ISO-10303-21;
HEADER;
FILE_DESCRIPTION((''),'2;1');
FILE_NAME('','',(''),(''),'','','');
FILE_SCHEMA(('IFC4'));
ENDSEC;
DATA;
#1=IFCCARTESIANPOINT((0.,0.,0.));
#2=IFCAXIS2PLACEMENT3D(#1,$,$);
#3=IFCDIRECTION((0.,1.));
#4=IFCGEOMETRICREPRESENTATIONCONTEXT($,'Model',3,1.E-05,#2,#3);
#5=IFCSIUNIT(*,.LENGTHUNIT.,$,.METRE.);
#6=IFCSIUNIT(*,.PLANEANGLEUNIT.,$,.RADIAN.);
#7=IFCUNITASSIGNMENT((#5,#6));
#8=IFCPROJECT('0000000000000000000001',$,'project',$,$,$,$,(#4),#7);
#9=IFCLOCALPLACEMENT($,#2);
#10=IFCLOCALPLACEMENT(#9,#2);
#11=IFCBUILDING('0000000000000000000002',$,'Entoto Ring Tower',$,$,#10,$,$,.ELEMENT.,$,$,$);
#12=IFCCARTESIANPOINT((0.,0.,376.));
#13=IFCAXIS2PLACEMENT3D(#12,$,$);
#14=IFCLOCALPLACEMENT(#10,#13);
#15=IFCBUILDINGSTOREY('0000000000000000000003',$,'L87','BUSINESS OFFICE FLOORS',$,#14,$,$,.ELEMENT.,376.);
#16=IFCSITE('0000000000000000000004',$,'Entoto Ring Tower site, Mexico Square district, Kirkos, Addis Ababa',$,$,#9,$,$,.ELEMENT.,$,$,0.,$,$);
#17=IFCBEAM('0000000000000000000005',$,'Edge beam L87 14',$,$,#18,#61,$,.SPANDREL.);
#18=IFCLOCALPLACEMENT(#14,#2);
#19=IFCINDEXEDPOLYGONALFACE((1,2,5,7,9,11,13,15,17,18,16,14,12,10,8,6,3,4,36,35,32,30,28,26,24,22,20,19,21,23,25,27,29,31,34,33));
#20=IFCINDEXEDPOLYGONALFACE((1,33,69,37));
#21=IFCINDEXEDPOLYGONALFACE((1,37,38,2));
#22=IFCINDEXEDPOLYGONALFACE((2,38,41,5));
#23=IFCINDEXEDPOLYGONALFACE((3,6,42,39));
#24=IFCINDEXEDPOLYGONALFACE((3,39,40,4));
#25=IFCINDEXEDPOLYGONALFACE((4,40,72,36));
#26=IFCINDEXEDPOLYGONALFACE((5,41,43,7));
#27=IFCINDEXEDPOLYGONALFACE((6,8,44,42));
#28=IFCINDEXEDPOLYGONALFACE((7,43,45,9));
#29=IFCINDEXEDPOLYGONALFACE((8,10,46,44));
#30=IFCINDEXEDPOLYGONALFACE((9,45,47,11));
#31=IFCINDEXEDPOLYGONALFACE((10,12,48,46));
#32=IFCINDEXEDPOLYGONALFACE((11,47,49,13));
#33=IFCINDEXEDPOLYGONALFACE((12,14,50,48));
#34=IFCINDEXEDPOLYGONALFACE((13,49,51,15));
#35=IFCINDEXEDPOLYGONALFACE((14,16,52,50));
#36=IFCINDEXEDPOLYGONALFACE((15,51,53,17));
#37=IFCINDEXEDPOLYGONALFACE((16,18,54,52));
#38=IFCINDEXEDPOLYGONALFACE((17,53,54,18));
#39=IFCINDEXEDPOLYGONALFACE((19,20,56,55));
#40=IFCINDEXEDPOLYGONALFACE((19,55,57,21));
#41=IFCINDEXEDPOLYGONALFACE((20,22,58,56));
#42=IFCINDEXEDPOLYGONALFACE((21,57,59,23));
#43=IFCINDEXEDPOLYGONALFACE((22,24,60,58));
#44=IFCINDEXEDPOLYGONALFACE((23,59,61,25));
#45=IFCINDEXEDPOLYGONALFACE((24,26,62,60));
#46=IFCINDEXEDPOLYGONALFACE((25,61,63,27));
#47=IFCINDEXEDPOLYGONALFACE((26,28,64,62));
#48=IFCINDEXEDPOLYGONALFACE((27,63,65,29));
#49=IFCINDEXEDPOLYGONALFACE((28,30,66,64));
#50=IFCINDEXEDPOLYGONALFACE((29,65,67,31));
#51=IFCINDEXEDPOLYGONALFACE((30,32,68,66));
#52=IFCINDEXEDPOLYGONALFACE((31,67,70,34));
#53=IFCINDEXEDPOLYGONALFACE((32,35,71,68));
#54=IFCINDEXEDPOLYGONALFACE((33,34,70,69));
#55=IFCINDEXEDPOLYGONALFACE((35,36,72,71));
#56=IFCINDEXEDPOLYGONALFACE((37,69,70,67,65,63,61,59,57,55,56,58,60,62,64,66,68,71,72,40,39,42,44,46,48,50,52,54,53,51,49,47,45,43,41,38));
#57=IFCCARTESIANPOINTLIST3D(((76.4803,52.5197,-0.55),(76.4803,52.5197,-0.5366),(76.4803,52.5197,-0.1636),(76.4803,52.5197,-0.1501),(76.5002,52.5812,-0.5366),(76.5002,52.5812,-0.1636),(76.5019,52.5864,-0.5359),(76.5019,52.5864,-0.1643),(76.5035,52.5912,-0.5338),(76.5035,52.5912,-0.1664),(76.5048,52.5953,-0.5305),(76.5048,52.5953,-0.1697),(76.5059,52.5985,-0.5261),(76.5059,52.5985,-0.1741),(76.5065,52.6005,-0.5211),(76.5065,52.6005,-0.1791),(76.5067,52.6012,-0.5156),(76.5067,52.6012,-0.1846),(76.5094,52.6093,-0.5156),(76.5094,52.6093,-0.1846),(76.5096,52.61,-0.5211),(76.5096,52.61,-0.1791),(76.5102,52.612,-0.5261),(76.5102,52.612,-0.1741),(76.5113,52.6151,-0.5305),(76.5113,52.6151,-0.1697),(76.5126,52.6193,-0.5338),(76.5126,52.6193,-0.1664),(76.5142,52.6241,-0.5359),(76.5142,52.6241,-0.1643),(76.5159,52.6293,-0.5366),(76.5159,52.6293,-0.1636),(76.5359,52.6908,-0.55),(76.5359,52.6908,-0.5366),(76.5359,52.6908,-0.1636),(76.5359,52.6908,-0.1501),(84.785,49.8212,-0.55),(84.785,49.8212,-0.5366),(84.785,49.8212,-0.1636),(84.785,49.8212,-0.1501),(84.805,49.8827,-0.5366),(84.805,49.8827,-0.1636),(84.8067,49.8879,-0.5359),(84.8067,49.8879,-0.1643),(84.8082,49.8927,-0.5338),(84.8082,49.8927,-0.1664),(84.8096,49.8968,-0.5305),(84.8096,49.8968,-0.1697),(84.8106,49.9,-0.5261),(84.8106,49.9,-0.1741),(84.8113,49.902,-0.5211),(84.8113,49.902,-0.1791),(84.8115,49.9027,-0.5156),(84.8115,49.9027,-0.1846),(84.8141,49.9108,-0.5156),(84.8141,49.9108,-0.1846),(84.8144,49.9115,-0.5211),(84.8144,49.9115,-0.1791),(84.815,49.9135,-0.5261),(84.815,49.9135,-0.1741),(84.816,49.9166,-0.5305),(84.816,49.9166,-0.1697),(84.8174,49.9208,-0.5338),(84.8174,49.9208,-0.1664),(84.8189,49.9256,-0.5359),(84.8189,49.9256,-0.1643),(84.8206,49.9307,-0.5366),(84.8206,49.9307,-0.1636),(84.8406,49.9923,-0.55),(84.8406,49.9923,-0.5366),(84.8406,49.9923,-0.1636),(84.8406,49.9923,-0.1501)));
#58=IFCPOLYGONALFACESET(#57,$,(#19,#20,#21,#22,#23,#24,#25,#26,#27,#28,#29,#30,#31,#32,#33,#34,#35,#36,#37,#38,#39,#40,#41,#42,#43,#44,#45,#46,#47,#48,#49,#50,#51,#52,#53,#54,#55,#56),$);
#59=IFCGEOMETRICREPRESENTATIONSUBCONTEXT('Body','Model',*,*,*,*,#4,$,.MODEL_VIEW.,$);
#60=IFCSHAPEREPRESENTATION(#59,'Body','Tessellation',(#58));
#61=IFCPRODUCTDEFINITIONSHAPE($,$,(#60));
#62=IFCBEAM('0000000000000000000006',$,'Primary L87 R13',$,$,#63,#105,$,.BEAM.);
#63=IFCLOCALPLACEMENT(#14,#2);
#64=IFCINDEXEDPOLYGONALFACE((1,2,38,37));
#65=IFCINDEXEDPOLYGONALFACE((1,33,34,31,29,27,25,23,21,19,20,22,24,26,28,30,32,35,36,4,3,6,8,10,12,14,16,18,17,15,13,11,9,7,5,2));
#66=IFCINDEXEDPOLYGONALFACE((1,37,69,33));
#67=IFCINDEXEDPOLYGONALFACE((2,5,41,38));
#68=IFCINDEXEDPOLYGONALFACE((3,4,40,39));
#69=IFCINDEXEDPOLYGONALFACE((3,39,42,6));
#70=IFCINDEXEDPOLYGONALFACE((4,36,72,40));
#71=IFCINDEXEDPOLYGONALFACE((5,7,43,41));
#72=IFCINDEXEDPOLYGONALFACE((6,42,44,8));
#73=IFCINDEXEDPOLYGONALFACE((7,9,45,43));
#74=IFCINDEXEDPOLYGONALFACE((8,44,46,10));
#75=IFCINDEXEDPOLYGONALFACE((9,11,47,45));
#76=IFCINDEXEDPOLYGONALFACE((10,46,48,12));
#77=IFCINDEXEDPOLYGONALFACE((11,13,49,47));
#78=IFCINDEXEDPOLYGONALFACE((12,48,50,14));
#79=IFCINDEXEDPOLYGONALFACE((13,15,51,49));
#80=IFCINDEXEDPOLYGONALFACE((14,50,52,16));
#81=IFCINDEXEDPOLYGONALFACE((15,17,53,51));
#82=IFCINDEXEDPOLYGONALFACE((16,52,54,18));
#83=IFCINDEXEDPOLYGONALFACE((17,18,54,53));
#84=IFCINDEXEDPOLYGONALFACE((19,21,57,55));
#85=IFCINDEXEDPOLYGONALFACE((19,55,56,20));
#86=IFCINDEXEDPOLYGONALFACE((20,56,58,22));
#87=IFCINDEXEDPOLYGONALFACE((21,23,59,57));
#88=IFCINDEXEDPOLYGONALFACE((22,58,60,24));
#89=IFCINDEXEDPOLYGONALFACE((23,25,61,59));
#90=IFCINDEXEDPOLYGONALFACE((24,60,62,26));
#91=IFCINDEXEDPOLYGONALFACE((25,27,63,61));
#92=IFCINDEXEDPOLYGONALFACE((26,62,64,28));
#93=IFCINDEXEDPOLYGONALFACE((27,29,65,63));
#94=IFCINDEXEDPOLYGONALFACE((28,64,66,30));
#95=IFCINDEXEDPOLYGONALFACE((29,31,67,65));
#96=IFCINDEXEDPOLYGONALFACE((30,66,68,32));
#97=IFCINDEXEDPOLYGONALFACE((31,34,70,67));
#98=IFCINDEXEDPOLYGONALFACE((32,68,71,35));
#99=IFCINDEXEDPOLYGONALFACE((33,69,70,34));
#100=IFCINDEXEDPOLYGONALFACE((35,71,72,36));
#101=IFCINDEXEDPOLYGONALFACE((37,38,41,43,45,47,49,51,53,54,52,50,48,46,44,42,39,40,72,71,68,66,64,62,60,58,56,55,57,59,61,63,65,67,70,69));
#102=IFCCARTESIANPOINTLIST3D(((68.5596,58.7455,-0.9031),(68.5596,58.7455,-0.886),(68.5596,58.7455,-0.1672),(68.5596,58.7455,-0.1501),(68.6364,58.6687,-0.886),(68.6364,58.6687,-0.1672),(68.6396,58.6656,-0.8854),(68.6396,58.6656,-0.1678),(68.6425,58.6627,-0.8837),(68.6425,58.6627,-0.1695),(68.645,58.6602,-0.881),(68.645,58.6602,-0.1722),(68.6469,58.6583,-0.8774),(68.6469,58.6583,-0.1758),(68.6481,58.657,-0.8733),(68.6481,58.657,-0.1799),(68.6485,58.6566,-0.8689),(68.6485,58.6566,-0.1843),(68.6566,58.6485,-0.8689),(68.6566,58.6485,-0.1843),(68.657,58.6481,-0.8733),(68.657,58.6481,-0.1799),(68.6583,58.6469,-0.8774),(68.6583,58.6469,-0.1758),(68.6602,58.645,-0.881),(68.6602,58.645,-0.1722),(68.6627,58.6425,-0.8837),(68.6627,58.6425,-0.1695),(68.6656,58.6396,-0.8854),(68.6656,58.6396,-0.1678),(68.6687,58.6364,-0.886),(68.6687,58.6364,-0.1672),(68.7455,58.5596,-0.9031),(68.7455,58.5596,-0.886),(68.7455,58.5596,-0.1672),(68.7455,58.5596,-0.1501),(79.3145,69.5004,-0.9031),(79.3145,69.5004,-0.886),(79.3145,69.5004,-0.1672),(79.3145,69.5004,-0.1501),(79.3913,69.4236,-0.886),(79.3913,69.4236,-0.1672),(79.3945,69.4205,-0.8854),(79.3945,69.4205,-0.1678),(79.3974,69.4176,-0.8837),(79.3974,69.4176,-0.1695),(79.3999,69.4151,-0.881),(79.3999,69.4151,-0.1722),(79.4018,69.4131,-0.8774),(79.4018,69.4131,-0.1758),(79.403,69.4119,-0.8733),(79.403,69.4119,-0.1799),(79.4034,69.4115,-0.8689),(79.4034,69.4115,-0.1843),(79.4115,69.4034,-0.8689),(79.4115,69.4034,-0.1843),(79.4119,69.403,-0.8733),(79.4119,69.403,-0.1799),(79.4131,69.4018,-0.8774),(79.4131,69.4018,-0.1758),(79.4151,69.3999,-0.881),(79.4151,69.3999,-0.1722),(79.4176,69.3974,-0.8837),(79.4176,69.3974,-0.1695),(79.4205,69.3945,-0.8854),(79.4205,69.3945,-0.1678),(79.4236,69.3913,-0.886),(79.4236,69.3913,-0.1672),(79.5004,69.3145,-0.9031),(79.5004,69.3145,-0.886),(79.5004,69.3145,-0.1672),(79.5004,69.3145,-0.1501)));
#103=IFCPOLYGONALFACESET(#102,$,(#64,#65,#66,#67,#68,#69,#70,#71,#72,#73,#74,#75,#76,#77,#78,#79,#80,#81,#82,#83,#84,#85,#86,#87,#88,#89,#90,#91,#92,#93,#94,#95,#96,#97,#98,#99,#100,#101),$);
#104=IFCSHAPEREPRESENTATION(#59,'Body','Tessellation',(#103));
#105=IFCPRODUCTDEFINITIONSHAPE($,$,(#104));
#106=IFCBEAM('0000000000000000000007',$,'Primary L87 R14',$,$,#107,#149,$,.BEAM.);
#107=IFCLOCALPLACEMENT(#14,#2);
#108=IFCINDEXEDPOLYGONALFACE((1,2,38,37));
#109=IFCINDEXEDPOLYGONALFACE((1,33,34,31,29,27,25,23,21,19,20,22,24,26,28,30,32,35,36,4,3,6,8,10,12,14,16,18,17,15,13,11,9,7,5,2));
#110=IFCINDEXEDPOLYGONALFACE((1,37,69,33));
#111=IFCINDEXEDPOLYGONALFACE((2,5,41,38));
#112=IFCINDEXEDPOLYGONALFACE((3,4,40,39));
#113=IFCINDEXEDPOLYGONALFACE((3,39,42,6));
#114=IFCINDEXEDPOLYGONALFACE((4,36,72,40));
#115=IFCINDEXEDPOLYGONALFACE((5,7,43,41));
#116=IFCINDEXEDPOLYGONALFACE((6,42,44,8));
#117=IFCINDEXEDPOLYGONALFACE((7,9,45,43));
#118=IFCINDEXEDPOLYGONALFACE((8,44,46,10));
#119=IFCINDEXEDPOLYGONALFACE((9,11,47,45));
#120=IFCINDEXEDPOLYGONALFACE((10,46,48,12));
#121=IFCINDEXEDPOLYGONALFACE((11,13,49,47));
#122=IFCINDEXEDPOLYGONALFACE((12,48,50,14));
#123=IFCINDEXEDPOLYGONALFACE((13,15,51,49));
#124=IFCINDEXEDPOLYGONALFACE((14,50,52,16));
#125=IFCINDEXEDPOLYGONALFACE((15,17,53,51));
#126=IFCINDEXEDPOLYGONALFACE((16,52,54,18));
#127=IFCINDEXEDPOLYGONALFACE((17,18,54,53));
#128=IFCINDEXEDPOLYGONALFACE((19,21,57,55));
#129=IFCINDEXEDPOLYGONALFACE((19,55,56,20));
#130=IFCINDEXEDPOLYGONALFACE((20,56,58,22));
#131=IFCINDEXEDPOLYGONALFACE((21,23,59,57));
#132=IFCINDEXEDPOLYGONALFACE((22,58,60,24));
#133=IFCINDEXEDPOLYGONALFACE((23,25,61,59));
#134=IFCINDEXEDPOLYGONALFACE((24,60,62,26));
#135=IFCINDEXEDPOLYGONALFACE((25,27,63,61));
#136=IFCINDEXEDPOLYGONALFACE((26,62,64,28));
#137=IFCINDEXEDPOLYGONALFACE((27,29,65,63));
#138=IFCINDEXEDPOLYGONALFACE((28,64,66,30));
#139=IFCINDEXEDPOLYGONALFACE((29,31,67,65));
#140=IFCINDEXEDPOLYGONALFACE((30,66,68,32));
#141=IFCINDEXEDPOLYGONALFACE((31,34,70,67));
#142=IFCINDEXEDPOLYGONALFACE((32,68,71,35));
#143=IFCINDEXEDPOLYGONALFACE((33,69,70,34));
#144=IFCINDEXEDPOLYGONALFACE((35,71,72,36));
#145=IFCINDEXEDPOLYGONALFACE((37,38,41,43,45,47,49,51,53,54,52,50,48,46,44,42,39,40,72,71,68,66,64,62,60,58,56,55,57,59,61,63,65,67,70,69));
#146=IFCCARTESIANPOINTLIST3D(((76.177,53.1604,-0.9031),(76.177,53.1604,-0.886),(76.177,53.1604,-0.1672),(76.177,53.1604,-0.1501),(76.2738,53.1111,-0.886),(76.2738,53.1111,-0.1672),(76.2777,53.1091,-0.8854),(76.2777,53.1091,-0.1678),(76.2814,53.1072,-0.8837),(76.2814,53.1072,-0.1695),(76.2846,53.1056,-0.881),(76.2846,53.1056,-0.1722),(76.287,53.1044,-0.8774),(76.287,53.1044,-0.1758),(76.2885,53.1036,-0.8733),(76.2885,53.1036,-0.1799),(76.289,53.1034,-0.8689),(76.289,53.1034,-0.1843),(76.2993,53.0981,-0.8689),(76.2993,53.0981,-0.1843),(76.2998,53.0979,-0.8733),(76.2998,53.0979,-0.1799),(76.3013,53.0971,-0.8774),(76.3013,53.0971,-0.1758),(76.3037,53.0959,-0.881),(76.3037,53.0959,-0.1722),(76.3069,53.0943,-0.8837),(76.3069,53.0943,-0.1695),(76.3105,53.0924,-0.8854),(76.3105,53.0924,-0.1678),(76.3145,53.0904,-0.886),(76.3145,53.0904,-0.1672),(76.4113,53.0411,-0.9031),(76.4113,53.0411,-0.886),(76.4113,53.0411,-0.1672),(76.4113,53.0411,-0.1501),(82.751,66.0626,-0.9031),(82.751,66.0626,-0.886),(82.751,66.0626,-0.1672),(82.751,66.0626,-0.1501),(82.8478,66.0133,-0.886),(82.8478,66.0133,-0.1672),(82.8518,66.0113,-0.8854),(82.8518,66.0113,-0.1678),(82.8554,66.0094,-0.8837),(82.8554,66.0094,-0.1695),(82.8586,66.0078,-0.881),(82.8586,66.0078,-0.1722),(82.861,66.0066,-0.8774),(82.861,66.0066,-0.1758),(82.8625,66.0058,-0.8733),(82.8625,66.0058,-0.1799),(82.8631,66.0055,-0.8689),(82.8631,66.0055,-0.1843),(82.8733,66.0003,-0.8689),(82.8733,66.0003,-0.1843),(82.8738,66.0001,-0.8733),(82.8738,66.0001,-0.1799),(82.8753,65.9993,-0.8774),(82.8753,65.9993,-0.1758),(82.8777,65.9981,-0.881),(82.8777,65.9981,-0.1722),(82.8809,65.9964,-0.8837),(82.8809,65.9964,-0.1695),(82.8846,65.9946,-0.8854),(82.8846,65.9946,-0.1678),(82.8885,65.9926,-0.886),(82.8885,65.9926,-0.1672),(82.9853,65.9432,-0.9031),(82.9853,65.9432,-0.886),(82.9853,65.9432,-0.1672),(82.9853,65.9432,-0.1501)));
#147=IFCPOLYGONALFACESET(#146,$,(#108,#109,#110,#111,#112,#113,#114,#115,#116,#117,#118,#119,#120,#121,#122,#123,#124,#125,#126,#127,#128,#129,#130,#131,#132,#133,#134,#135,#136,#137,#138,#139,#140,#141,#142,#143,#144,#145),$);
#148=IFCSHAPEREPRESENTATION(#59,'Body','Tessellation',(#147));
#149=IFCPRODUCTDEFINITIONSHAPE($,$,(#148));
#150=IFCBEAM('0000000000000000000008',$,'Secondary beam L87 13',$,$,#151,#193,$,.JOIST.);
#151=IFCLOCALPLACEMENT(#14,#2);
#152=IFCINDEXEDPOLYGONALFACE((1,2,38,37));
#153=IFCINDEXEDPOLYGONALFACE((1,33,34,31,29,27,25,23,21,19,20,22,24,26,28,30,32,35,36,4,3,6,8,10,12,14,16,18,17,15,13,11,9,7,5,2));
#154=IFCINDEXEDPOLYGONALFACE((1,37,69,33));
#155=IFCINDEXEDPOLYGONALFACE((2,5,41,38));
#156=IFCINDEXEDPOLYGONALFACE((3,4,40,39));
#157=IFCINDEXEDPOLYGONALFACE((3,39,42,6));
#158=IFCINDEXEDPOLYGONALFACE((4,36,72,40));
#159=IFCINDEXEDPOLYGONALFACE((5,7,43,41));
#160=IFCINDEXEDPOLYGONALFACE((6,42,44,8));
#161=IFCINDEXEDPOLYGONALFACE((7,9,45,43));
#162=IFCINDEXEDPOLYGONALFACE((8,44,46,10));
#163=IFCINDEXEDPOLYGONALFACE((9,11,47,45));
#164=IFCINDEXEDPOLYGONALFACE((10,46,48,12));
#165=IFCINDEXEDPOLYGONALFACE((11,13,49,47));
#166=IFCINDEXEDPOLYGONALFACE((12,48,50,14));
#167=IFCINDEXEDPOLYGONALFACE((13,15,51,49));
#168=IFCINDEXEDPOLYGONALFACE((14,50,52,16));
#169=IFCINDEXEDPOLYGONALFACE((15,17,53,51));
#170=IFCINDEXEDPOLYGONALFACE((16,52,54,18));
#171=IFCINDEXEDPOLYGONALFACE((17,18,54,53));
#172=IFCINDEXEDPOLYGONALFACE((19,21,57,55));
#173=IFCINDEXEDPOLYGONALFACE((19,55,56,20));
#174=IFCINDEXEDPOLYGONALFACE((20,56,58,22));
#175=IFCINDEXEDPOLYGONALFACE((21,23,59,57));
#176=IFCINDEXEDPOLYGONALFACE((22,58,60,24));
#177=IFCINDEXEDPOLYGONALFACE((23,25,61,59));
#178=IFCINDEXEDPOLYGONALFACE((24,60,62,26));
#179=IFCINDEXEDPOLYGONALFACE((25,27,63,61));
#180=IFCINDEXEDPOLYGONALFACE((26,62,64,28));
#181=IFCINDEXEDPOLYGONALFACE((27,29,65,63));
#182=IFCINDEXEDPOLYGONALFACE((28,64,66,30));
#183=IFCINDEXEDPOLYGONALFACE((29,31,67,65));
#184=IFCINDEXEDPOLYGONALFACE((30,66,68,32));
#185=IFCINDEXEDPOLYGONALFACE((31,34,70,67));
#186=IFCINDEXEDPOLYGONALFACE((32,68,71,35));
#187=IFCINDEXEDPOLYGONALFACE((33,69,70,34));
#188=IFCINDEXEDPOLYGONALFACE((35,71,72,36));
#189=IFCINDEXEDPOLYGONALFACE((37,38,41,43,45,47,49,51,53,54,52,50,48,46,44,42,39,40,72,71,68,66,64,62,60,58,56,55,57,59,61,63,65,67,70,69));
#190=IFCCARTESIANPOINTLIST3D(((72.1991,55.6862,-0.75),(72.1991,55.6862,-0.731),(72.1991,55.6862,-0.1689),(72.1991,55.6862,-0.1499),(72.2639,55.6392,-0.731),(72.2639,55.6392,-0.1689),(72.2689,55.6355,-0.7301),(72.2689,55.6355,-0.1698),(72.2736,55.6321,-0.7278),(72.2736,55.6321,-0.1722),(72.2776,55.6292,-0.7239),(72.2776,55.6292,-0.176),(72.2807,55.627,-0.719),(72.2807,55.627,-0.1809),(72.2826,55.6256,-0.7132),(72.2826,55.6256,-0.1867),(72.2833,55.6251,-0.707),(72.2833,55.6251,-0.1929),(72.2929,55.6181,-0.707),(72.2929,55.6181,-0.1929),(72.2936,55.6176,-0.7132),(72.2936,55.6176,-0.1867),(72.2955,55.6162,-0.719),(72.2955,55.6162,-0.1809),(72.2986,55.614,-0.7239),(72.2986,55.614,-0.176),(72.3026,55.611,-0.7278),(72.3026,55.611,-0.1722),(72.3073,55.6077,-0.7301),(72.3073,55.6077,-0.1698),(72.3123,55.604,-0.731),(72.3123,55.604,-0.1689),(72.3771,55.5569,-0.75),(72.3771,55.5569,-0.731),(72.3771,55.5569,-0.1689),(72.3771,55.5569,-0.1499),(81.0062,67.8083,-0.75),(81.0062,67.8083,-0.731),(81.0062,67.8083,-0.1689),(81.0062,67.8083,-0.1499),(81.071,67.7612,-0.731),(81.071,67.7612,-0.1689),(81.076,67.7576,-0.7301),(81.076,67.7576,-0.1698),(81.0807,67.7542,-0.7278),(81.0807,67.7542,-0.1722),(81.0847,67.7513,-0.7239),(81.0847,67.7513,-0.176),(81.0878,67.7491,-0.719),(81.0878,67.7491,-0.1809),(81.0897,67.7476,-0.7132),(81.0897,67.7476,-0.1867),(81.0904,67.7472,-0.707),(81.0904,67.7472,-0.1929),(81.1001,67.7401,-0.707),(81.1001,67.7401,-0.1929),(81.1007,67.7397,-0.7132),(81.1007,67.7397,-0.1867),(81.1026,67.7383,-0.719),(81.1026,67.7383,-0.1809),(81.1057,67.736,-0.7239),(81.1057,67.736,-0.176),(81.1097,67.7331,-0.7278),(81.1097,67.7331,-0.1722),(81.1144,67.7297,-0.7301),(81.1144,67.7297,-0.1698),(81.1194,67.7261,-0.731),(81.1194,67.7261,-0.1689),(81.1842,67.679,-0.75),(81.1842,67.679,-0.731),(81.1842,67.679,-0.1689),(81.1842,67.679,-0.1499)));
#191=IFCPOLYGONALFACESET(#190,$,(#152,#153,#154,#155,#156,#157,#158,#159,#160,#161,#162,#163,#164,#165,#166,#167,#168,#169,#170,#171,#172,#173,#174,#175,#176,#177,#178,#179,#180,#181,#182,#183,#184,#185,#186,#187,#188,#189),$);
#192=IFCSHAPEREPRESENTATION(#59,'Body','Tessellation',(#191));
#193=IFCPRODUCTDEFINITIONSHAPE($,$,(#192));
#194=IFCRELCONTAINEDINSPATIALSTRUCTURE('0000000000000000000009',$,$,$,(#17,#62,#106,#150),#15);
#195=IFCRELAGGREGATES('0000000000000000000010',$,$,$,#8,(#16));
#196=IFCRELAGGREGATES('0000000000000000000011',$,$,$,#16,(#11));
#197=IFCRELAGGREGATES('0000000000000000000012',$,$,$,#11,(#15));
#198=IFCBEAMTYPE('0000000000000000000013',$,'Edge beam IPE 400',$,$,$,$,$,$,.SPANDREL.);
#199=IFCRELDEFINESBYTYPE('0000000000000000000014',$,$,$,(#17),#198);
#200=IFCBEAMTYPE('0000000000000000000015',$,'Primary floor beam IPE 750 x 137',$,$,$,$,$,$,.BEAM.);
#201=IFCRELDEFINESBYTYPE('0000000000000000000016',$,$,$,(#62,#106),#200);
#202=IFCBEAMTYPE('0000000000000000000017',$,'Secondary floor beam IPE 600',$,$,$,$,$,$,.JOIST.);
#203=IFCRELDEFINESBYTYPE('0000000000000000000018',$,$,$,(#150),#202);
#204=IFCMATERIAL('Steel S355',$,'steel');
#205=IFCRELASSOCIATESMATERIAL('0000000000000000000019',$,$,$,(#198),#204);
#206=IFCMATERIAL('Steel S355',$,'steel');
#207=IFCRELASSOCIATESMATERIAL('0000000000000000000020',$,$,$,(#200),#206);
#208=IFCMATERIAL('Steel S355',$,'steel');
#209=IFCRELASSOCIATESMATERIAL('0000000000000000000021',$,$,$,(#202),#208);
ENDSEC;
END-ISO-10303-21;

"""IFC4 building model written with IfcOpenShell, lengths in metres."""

from ifc_helpers import new_model, si_unit, direction, frame, origin, origin_2d, place, context, subcontext, project, spatial, i_section, extrude, material, material_profile, profile_set, type_object, element, save


model = new_model("IFC4")

# Units and contexts
model_context = context("Model", 3, precision=1e-05, world=origin(), true_north=direction((0.0, 1.0)))
body_context = subcontext(model_context, "Body", "Model", "MODEL_VIEW")
ifc_project = project(units=[si_unit("LENGTHUNIT", "METRE"), si_unit("PLANEANGLEUNIT", "RADIAN")], contexts=[model_context])

# Site, building, storey
site_placement = place(None, origin())
site = spatial("IfcSite", under=ifc_project, at=site_placement, Name="Entoto Ring Tower site, Mexico Square district, Kirkos, Addis Ababa", CompositionType="ELEMENT", RefElevation=0.0)
building_placement = place(site_placement, origin())
building = spatial("IfcBuilding", under=site, at=building_placement, Name="Entoto Ring Tower", CompositionType="ELEMENT")
storey_placement = place(building_placement, frame((0.0, 0.0, 376.0)))
storey = spatial("IfcBuildingStorey", under=building, at=storey_placement, Name="L87", Description="BUSINESS OFFICE FLOORS", CompositionType="ELEMENT", Elevation=376.0)

# Beams
ifc_material_1 = material(Name="Steel S355", Category="steel")
ifc_material_profile_1 = material_profile(ifc_material_1, i_section(OverallWidth=0.1799, OverallDepth=0.3999, WebThickness=0.0085, FlangeThickness=0.0134, FilletRadius=0.021, at=origin_2d()), Name="IPE 400")
ifc_profile_set_1 = profile_set([ifc_material_profile_1], Name="Steel S355")
beam_type_1 = type_object("IfcBeamType", Name="Edge beam IPE 400", PredefinedType="SPANDREL", material=ifc_profile_set_1)
beam_1_placement = place(storey_placement, frame((76.5081, 52.6052, -0.3501), z_axis=(0.951052, -0.30903, 0.0), x_axis=(0.30903, 0.951052, 0.0)))
element("IfcBeam", 1, at=beam_1_placement, inside=storey, type_object=beam_type_1, Name="Edge beam L87 14", PredefinedType="SPANDREL", context=body_context, shape_type="SweptSolid", body=[
    extrude(i_section(OverallWidth=0.1799, OverallDepth=0.3999, WebThickness=0.0085, FlangeThickness=0.0134, FilletRadius=0.021, at=origin_2d()), origin(), (0.0, 0.0, 1.0), 8.7322),
])
ifc_material_2 = material(Name="Steel S355", Category="steel")
ifc_material_profile_2 = material_profile(ifc_material_2, i_section(OverallWidth=0.2629, OverallDepth=0.7529, WebThickness=0.0115, FlangeThickness=0.0171, FilletRadius=0.0171, at=origin_2d()), Name="IPE 750 x 137")
ifc_profile_set_2 = profile_set([ifc_material_profile_2], Name="Steel S355")
beam_type_2 = type_object("IfcBeamType", Name="Primary floor beam IPE 750 x 137", PredefinedType="BEAM", material=ifc_profile_set_2)
beam_2_placement = place(storey_placement, frame((79.4075, 69.4075, -0.5266), z_axis=(-0.707107, -0.707107, 0.0), x_axis=(0.707107, -0.707107, 0.0)))
element("IfcBeam", 2, at=beam_2_placement, inside=storey, type_object=beam_type_2, Name="Primary L87 R13", PredefinedType="BEAM", context=body_context, shape_type="SweptSolid", body=[
    extrude(i_section(OverallWidth=0.2629, OverallDepth=0.7529, WebThickness=0.0115, FlangeThickness=0.0171, FilletRadius=0.0171, at=origin_2d()), origin(), (0.0, 0.0, 1.0), 15.2097),
])
beam_3_placement = place(storey_placement, frame((82.8682, 66.0029, -0.5266), z_axis=(-0.453992, -0.891006, 0.0), x_axis=(0.891006, -0.453992, 0.0)))
element("IfcBeam", 3, at=beam_3_placement, inside=storey, type_object=beam_type_2, Name="Primary L87 R14", PredefinedType="BEAM", context=body_context, shape_type="SweptSolid", body=[
    extrude(i_section(OverallWidth=0.2629, OverallDepth=0.7529, WebThickness=0.0115, FlangeThickness=0.0171, FilletRadius=0.0171, at=origin_2d()), origin(), (0.0, 0.0, 1.0), 14.4805),
])
ifc_material_3 = material(Name="Steel S355", Category="steel")
ifc_material_profile_3 = material_profile(ifc_material_3, i_section(OverallWidth=0.22, OverallDepth=0.6001, WebThickness=0.012, FlangeThickness=0.019, FilletRadius=0.0239, at=origin_2d()), Name="IPE 600")
ifc_profile_set_3 = profile_set([ifc_material_profile_3], Name="Steel S355")
beam_type_3 = type_object("IfcBeamType", Name="Secondary floor beam IPE 600", PredefinedType="JOIST", material=ifc_profile_set_3)
beam_4_placement = place(storey_placement, frame((81.0952, 67.7437, -0.45), z_axis=(-0.587782, -0.809019, 0.0), x_axis=(0.809019, -0.587782, 0.0)))
element("IfcBeam", 4, at=beam_4_placement, inside=storey, type_object=beam_type_3, Name="Secondary beam L87 13", PredefinedType="JOIST", context=body_context, shape_type="SweptSolid", body=[
    extrude(i_section(OverallWidth=0.22, OverallDepth=0.6001, WebThickness=0.012, FlangeThickness=0.019, FilletRadius=0.0239, at=origin_2d()), origin(), (0.0, 0.0, 1.0), 14.9836),
])

save(model, "model.ifc")
